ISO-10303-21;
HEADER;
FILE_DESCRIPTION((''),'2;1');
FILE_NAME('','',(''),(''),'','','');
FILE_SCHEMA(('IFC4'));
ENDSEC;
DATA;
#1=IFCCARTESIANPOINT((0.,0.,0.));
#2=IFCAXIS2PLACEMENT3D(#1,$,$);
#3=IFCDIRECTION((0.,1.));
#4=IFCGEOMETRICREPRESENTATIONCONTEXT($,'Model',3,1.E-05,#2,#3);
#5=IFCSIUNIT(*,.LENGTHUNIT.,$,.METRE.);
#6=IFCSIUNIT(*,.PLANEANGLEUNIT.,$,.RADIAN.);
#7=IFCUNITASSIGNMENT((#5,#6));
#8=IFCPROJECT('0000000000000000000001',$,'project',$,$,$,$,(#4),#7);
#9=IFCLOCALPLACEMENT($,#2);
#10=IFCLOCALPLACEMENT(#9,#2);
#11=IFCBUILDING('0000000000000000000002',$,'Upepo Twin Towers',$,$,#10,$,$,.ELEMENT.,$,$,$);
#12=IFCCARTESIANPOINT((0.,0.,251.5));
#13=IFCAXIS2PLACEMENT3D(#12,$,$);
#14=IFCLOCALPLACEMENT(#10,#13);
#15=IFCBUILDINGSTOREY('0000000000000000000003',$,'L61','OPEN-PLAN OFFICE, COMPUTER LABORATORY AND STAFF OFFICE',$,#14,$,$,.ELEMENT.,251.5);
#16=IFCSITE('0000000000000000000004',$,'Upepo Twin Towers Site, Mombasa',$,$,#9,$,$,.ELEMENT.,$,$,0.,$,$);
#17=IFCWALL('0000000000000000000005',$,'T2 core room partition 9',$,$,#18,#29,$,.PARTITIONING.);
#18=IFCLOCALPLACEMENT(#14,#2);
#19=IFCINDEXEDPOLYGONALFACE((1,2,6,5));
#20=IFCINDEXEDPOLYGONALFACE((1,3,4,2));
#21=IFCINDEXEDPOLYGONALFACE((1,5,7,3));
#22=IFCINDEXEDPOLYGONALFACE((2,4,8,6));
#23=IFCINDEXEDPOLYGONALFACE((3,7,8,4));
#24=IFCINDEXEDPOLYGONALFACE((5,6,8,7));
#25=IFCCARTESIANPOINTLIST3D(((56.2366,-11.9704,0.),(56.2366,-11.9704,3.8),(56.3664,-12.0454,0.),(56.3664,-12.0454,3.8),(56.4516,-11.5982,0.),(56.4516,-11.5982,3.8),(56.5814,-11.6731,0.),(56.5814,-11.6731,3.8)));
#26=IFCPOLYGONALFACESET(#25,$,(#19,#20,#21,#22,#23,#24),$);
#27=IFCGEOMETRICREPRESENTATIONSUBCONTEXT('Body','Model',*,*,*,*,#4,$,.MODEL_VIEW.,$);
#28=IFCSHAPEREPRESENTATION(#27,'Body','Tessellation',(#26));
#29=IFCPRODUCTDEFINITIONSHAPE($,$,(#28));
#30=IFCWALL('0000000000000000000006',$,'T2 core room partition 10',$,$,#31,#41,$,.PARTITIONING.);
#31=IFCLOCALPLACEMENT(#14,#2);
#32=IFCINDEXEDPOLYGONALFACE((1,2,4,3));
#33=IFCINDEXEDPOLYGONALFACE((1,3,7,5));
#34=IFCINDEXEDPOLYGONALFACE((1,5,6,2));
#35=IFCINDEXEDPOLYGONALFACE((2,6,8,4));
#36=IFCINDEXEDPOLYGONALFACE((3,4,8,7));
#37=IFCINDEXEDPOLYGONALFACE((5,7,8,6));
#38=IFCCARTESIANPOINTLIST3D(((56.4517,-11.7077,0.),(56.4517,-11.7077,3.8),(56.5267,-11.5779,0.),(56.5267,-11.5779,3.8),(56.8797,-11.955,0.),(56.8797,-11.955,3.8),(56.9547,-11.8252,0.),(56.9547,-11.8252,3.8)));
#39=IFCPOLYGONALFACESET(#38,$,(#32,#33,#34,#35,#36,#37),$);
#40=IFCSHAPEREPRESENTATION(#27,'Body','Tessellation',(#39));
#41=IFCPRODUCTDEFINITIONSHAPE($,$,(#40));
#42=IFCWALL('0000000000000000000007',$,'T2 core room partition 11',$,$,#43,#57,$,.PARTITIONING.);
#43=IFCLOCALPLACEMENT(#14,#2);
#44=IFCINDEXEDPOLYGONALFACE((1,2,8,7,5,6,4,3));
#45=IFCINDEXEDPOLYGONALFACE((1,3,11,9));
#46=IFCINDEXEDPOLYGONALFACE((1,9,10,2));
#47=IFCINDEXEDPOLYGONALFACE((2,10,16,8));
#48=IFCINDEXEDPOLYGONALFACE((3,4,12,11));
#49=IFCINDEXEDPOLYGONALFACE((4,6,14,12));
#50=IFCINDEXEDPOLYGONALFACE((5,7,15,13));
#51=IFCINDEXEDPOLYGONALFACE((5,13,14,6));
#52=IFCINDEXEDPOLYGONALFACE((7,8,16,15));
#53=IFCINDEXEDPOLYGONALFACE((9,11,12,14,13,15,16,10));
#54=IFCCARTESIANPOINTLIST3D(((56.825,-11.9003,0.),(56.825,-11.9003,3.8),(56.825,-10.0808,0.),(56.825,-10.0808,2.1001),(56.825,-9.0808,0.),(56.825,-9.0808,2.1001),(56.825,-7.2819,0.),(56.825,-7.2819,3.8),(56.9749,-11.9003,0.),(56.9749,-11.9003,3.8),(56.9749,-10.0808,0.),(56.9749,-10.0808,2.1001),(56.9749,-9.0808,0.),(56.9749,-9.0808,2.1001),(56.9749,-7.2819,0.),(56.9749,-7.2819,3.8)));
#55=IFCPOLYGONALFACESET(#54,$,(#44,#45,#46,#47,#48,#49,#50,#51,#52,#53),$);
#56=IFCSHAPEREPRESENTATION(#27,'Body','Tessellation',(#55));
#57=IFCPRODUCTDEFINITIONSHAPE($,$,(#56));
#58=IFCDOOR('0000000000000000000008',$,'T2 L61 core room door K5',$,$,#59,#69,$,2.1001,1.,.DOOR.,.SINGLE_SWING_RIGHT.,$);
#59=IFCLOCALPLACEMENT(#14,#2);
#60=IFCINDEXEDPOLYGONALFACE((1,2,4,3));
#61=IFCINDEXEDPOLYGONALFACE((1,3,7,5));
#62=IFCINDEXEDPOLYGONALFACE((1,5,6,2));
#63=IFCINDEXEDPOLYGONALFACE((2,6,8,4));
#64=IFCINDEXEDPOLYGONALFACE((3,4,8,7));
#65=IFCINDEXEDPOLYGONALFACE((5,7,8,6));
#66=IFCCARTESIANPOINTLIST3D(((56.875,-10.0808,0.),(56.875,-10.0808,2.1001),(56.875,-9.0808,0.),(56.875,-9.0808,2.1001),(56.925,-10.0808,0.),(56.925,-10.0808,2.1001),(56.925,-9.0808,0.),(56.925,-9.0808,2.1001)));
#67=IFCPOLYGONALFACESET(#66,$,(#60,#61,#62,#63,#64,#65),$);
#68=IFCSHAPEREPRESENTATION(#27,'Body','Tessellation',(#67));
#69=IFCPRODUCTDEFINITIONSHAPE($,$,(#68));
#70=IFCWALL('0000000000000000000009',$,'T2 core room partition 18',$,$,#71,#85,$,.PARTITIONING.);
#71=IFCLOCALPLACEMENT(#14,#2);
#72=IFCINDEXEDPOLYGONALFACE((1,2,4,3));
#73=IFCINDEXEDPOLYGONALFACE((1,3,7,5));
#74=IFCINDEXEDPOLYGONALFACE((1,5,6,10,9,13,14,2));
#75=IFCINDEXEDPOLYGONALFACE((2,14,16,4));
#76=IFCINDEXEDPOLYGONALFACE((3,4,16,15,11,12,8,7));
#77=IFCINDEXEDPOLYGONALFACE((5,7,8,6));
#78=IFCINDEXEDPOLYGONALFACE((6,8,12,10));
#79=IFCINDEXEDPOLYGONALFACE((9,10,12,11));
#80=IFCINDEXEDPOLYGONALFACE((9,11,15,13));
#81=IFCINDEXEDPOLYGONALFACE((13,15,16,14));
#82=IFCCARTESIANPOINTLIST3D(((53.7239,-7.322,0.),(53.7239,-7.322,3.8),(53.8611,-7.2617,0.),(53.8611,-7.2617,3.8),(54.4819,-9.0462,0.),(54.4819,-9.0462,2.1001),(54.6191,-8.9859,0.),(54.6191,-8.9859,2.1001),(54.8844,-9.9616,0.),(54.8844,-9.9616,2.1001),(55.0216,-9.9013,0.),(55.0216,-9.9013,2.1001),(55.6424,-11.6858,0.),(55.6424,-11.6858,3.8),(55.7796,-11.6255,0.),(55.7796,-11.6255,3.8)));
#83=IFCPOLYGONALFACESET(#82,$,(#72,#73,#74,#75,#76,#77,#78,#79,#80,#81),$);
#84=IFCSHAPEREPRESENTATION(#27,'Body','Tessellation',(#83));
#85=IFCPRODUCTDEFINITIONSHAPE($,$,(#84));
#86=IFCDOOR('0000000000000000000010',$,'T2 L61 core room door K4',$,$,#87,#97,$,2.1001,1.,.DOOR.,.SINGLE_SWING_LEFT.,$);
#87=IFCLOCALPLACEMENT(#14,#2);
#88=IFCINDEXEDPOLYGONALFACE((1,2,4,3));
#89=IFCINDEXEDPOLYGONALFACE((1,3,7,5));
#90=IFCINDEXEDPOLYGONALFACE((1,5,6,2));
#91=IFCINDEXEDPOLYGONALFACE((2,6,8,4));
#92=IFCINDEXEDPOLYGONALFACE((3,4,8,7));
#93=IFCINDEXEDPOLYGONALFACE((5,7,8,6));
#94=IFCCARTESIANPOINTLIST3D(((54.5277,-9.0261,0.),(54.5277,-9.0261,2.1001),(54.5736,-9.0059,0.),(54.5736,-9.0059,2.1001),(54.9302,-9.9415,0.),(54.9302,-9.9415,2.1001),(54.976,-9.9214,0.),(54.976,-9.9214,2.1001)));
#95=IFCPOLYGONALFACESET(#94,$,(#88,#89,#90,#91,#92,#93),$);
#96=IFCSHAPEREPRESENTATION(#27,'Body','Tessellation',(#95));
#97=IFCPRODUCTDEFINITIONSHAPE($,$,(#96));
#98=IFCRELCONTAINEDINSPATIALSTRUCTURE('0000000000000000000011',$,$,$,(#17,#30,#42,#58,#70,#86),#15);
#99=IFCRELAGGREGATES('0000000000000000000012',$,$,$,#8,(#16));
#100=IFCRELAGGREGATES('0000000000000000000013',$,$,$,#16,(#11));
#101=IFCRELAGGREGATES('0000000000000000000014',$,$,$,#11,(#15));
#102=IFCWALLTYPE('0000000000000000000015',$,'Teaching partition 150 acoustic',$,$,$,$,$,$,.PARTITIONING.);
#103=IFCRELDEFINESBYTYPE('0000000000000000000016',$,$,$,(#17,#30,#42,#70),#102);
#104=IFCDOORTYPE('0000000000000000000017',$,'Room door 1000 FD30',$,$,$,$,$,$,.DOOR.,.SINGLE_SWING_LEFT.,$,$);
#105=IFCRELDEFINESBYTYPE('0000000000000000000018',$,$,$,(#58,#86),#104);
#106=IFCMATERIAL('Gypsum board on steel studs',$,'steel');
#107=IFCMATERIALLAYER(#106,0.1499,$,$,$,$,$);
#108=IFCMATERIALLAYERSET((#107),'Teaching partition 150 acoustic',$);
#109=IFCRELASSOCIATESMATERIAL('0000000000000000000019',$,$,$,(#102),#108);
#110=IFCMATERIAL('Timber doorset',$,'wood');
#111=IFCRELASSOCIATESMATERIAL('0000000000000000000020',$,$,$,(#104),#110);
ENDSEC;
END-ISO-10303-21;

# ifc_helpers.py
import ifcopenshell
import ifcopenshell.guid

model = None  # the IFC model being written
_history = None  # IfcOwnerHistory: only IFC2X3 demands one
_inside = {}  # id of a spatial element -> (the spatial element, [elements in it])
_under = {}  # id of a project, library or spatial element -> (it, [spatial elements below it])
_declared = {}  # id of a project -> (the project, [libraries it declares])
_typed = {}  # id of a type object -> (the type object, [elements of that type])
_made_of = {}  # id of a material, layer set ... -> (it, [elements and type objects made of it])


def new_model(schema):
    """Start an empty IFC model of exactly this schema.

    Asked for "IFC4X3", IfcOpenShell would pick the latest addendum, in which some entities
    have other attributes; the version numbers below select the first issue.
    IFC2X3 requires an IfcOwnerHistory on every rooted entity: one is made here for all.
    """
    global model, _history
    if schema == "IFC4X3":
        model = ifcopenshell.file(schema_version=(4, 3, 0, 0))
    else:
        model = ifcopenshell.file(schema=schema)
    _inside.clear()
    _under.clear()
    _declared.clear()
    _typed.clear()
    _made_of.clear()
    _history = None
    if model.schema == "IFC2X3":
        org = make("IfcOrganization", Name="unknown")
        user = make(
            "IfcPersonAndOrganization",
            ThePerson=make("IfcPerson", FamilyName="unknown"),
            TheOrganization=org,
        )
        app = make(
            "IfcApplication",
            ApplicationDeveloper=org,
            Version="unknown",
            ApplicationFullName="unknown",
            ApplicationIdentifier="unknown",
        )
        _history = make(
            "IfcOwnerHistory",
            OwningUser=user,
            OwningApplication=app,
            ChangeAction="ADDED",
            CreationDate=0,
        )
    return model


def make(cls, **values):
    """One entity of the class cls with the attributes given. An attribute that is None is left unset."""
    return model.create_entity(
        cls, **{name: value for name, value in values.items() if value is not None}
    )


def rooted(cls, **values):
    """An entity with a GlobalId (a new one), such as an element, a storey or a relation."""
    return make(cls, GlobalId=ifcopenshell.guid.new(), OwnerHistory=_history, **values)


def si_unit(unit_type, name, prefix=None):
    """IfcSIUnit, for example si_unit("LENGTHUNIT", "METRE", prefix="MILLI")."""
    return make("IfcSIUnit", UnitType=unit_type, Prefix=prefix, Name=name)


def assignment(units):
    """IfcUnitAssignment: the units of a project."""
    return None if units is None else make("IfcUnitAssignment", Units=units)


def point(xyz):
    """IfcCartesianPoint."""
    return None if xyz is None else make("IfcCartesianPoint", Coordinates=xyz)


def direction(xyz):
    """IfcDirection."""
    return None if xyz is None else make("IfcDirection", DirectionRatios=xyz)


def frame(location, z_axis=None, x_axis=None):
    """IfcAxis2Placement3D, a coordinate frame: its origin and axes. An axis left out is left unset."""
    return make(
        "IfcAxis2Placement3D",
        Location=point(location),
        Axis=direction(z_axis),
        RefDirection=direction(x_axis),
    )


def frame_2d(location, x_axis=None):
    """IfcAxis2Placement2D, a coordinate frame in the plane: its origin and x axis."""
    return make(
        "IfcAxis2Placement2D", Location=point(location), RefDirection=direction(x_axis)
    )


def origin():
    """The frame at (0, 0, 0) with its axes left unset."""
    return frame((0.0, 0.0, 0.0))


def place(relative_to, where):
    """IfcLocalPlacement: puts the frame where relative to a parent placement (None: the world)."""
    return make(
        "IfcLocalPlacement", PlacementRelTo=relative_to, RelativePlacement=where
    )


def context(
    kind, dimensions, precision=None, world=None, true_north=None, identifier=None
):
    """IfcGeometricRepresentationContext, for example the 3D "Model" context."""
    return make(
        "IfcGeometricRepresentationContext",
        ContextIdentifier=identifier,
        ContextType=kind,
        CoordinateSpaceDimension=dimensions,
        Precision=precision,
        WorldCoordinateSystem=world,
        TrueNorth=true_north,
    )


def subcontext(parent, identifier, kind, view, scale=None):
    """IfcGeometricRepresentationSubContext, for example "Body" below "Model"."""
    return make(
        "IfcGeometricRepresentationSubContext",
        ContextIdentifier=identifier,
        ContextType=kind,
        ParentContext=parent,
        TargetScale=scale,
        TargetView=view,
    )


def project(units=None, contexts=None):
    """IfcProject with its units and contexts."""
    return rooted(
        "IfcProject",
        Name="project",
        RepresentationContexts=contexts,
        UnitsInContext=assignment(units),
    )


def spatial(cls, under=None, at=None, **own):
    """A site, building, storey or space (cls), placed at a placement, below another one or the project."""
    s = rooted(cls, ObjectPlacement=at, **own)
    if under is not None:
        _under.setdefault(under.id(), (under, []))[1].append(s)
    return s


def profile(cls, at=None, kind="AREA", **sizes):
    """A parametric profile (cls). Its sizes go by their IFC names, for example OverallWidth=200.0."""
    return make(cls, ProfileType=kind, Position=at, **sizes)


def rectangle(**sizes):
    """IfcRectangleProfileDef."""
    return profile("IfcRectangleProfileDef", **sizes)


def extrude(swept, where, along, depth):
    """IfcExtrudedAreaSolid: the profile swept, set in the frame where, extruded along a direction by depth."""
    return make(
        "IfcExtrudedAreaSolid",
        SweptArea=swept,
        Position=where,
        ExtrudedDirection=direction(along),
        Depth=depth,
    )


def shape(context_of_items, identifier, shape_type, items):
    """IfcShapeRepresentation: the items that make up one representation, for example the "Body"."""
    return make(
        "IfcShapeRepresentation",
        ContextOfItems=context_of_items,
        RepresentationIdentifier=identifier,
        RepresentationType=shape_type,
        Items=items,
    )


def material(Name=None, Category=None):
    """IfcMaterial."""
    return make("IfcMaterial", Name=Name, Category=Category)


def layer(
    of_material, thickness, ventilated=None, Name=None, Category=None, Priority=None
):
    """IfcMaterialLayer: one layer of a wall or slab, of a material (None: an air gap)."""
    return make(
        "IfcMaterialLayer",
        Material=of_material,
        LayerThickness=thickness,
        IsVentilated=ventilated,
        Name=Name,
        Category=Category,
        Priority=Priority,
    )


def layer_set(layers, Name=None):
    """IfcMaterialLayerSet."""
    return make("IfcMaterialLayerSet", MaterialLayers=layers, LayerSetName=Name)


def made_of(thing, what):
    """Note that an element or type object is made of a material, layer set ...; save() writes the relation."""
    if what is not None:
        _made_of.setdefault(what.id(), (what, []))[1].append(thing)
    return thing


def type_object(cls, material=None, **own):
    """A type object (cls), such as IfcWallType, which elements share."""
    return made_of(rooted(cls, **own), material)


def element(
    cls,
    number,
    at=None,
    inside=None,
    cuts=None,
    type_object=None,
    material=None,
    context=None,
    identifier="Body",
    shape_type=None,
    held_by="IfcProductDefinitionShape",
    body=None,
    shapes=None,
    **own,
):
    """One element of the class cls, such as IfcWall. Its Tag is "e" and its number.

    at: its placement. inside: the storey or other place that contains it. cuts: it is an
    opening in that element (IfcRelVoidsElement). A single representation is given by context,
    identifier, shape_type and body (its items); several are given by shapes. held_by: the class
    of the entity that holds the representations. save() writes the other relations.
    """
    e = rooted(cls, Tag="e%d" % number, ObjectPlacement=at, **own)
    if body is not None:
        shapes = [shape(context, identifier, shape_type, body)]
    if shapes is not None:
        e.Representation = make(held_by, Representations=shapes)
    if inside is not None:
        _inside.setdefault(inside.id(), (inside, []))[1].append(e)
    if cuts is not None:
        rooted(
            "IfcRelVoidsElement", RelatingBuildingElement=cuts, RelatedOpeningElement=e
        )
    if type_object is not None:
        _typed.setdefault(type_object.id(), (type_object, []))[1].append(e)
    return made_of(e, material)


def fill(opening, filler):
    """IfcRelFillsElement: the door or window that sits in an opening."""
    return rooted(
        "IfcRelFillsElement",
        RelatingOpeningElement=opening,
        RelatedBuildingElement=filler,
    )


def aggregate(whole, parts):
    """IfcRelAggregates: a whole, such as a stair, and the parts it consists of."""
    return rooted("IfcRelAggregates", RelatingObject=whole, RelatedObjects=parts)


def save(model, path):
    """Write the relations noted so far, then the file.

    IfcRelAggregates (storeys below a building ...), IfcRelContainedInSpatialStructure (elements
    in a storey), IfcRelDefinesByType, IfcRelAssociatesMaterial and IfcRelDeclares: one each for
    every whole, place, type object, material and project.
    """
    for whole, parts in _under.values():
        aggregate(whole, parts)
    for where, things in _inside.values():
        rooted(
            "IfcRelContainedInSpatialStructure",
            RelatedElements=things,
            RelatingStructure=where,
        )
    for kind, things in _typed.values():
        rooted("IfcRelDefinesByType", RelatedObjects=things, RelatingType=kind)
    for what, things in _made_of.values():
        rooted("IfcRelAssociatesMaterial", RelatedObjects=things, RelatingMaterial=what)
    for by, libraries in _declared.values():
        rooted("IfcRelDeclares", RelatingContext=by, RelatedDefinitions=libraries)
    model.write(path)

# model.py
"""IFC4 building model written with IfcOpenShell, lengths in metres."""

from ifc_helpers import new_model, si_unit, direction, frame, frame_2d, origin, place, context, subcontext, project, spatial, rectangle, extrude, material, layer, layer_set, type_object, element, fill, save


model = new_model("IFC4")

# Units and contexts
model_context = context("Model", 3, precision=1e-05, world=origin(), true_north=direction((0.0, 1.0)))
body_context = subcontext(model_context, "Body", "Model", "MODEL_VIEW")
ifc_project = project(units=[si_unit("LENGTHUNIT", "METRE"), si_unit("PLANEANGLEUNIT", "RADIAN")], contexts=[model_context])

# Site, building, storey
site_placement = place(None, origin())
site = spatial("IfcSite", under=ifc_project, at=site_placement, Name="Upepo Twin Towers Site, Mombasa", CompositionType="ELEMENT", RefElevation=0.0)
building_placement = place(site_placement, origin())
building = spatial("IfcBuilding", under=site, at=building_placement, Name="Upepo Twin Towers", CompositionType="ELEMENT")
storey_placement = place(building_placement, frame((0.0, 0.0, 251.5)))
storey = spatial("IfcBuildingStorey", under=building, at=storey_placement, Name="L61", Description="OPEN-PLAN OFFICE, COMPUTER LABORATORY AND STAFF OFFICE", CompositionType="ELEMENT", Elevation=251.5)

# Shared definitions
ifc_material_1 = material(Name="Gypsum board on steel studs", Category="steel")
ifc_layer_1 = layer(ifc_material_1, 0.1499)
ifc_layer_set_1 = layer_set([ifc_layer_1], Name="Teaching partition 150 acoustic")
wall_type_1 = type_object("IfcWallType", Name="Teaching partition 150 acoustic", PredefinedType="PARTITIONING", material=ifc_layer_set_1)

# Walls
wall_1_placement = place(storey_placement, frame((56.3015, -12.0078, 0.0), z_axis=(0.0, 0.0, 1.0), x_axis=(0.50023, 0.865892, 0.0)))
element("IfcWall", 1, at=wall_1_placement, inside=storey, type_object=wall_type_1, Name="T2 core room partition 9", PredefinedType="PARTITIONING", context=body_context, shape_type="SweptSolid", body=[
    extrude(rectangle(XDim=0.4299, YDim=0.1499, at=frame_2d((0.2148, 0.0))), origin(), (0.0, 0.0, 1.0), 3.8),
])
wall_2_placement = place(storey_placement, frame((56.4893, -11.6428, 0.0), z_axis=(0.0, 0.0, 1.0), x_axis=(0.865832, -0.500335, 0.0)))
element("IfcWall", 2, at=wall_2_placement, inside=storey, type_object=wall_type_1, Name="T2 core room partition 10", PredefinedType="PARTITIONING", context=body_context, shape_type="SweptSolid", body=[
    extrude(rectangle(XDim=0.4944, YDim=0.1499, at=frame_2d((0.2471, 0.0))), origin(), (0.0, 0.0, 1.0), 3.8),
])

# Walls, openings, doors
wall_3_placement = place(storey_placement, frame((56.8999, -11.9001, 0.0), z_axis=(0.0, 0.0, 1.0), x_axis=(0.0, 1.0, 0.0)))
wall_3 = element("IfcWall", 3, at=wall_3_placement, inside=storey, type_object=wall_type_1, Name="T2 core room partition 11", PredefinedType="PARTITIONING", context=body_context, shape_type="SweptSolid", body=[
    extrude(rectangle(XDim=4.6184, YDim=0.1499, at=frame_2d((2.3091, 0.0))), origin(), (0.0, 0.0, 1.0), 3.8),
])
opening_1_placement = place(wall_3_placement, frame((1.8193, 0.0, 0.0)))
opening_1 = element("IfcOpeningElement", 4, at=opening_1_placement, cuts=wall_3, PredefinedType="OPENING", context=body_context, shape_type="SweptSolid", body=[
    extrude(rectangle(XDim=1.0, YDim=2.1001, at=frame_2d((0.5, 1.05))), frame((0.0, 0.085, 0.0), z_axis=(0.0, -1.0, 0.0), x_axis=(1.0, 0.0, 0.0)), (0.0, 0.0, 1.0), 0.1699),
])
ifc_material_2 = material(Name="Timber doorset", Category="wood")
door_type_1 = type_object("IfcDoorType", Name="Room door 1000 FD30", OperationType="SINGLE_SWING_LEFT", PredefinedType="DOOR", material=ifc_material_2)
door_1_placement = place(opening_1_placement, origin())
door_1 = element("IfcDoor", 5, at=door_1_placement, inside=storey, type_object=door_type_1, Name="T2 L61 core room door K5", OperationType="SINGLE_SWING_RIGHT", OverallHeight=2.1001, OverallWidth=1.0, PredefinedType="DOOR", context=body_context, shape_type="SweptSolid", body=[
    extrude(rectangle(XDim=1.0, YDim=2.1001, at=frame_2d((0.5, 1.05))), frame((0.0, 0.0249, 0.0), z_axis=(0.0, -1.0, 0.0), x_axis=(1.0, 0.0, 0.0)), (0.0, 0.0, 1.0), 0.05),
])
fill(opening_1, door_1)
wall_4_placement = place(storey_placement, frame((55.7109, -11.6555, 0.0), z_axis=(0.0, 0.0, 1.0), x_axis=(-0.402457, 0.915439, 0.0)))
wall_4 = element("IfcWall", 6, at=wall_4_placement, inside=storey, type_object=wall_type_1, Name="T2 core room partition 18", PredefinedType="PARTITIONING", context=body_context, shape_type="SweptSolid", body=[
    extrude(rectangle(XDim=4.7668, YDim=0.1499, at=frame_2d((2.3833, 0.0))), origin(), (0.0, 0.0, 1.0), 3.8),
])
opening_2_placement = place(wall_4_placement, frame((1.8833, 0.0, 0.0)))
opening_2 = element("IfcOpeningElement", 7, at=opening_2_placement, cuts=wall_4, PredefinedType="OPENING", context=body_context, shape_type="SweptSolid", body=[
    extrude(rectangle(XDim=1.0, YDim=2.1001, at=frame_2d((0.5, 1.05))), frame((0.0, 0.085, 0.0), z_axis=(0.0, -1.0, 0.0), x_axis=(1.0, 0.0, 0.0)), (0.0, 0.0, 1.0), 0.1699),
])
door_2_placement = place(opening_2_placement, origin())
door_2 = element("IfcDoor", 8, at=door_2_placement, inside=storey, type_object=door_type_1, Name="T2 L61 core room door K4", OperationType="SINGLE_SWING_LEFT", OverallHeight=2.1001, OverallWidth=1.0, PredefinedType="DOOR", context=body_context, shape_type="SweptSolid", body=[
    extrude(rectangle(XDim=1.0, YDim=2.1001, at=frame_2d((0.5, 1.05))), frame((0.0, 0.0249, 0.0), z_axis=(0.0, -1.0, 0.0), x_axis=(1.0, 0.0, 0.0)), (0.0, 0.0, 1.0), 0.05),
])
fill(opening_2, door_2)

save(model, "model.ifc")
